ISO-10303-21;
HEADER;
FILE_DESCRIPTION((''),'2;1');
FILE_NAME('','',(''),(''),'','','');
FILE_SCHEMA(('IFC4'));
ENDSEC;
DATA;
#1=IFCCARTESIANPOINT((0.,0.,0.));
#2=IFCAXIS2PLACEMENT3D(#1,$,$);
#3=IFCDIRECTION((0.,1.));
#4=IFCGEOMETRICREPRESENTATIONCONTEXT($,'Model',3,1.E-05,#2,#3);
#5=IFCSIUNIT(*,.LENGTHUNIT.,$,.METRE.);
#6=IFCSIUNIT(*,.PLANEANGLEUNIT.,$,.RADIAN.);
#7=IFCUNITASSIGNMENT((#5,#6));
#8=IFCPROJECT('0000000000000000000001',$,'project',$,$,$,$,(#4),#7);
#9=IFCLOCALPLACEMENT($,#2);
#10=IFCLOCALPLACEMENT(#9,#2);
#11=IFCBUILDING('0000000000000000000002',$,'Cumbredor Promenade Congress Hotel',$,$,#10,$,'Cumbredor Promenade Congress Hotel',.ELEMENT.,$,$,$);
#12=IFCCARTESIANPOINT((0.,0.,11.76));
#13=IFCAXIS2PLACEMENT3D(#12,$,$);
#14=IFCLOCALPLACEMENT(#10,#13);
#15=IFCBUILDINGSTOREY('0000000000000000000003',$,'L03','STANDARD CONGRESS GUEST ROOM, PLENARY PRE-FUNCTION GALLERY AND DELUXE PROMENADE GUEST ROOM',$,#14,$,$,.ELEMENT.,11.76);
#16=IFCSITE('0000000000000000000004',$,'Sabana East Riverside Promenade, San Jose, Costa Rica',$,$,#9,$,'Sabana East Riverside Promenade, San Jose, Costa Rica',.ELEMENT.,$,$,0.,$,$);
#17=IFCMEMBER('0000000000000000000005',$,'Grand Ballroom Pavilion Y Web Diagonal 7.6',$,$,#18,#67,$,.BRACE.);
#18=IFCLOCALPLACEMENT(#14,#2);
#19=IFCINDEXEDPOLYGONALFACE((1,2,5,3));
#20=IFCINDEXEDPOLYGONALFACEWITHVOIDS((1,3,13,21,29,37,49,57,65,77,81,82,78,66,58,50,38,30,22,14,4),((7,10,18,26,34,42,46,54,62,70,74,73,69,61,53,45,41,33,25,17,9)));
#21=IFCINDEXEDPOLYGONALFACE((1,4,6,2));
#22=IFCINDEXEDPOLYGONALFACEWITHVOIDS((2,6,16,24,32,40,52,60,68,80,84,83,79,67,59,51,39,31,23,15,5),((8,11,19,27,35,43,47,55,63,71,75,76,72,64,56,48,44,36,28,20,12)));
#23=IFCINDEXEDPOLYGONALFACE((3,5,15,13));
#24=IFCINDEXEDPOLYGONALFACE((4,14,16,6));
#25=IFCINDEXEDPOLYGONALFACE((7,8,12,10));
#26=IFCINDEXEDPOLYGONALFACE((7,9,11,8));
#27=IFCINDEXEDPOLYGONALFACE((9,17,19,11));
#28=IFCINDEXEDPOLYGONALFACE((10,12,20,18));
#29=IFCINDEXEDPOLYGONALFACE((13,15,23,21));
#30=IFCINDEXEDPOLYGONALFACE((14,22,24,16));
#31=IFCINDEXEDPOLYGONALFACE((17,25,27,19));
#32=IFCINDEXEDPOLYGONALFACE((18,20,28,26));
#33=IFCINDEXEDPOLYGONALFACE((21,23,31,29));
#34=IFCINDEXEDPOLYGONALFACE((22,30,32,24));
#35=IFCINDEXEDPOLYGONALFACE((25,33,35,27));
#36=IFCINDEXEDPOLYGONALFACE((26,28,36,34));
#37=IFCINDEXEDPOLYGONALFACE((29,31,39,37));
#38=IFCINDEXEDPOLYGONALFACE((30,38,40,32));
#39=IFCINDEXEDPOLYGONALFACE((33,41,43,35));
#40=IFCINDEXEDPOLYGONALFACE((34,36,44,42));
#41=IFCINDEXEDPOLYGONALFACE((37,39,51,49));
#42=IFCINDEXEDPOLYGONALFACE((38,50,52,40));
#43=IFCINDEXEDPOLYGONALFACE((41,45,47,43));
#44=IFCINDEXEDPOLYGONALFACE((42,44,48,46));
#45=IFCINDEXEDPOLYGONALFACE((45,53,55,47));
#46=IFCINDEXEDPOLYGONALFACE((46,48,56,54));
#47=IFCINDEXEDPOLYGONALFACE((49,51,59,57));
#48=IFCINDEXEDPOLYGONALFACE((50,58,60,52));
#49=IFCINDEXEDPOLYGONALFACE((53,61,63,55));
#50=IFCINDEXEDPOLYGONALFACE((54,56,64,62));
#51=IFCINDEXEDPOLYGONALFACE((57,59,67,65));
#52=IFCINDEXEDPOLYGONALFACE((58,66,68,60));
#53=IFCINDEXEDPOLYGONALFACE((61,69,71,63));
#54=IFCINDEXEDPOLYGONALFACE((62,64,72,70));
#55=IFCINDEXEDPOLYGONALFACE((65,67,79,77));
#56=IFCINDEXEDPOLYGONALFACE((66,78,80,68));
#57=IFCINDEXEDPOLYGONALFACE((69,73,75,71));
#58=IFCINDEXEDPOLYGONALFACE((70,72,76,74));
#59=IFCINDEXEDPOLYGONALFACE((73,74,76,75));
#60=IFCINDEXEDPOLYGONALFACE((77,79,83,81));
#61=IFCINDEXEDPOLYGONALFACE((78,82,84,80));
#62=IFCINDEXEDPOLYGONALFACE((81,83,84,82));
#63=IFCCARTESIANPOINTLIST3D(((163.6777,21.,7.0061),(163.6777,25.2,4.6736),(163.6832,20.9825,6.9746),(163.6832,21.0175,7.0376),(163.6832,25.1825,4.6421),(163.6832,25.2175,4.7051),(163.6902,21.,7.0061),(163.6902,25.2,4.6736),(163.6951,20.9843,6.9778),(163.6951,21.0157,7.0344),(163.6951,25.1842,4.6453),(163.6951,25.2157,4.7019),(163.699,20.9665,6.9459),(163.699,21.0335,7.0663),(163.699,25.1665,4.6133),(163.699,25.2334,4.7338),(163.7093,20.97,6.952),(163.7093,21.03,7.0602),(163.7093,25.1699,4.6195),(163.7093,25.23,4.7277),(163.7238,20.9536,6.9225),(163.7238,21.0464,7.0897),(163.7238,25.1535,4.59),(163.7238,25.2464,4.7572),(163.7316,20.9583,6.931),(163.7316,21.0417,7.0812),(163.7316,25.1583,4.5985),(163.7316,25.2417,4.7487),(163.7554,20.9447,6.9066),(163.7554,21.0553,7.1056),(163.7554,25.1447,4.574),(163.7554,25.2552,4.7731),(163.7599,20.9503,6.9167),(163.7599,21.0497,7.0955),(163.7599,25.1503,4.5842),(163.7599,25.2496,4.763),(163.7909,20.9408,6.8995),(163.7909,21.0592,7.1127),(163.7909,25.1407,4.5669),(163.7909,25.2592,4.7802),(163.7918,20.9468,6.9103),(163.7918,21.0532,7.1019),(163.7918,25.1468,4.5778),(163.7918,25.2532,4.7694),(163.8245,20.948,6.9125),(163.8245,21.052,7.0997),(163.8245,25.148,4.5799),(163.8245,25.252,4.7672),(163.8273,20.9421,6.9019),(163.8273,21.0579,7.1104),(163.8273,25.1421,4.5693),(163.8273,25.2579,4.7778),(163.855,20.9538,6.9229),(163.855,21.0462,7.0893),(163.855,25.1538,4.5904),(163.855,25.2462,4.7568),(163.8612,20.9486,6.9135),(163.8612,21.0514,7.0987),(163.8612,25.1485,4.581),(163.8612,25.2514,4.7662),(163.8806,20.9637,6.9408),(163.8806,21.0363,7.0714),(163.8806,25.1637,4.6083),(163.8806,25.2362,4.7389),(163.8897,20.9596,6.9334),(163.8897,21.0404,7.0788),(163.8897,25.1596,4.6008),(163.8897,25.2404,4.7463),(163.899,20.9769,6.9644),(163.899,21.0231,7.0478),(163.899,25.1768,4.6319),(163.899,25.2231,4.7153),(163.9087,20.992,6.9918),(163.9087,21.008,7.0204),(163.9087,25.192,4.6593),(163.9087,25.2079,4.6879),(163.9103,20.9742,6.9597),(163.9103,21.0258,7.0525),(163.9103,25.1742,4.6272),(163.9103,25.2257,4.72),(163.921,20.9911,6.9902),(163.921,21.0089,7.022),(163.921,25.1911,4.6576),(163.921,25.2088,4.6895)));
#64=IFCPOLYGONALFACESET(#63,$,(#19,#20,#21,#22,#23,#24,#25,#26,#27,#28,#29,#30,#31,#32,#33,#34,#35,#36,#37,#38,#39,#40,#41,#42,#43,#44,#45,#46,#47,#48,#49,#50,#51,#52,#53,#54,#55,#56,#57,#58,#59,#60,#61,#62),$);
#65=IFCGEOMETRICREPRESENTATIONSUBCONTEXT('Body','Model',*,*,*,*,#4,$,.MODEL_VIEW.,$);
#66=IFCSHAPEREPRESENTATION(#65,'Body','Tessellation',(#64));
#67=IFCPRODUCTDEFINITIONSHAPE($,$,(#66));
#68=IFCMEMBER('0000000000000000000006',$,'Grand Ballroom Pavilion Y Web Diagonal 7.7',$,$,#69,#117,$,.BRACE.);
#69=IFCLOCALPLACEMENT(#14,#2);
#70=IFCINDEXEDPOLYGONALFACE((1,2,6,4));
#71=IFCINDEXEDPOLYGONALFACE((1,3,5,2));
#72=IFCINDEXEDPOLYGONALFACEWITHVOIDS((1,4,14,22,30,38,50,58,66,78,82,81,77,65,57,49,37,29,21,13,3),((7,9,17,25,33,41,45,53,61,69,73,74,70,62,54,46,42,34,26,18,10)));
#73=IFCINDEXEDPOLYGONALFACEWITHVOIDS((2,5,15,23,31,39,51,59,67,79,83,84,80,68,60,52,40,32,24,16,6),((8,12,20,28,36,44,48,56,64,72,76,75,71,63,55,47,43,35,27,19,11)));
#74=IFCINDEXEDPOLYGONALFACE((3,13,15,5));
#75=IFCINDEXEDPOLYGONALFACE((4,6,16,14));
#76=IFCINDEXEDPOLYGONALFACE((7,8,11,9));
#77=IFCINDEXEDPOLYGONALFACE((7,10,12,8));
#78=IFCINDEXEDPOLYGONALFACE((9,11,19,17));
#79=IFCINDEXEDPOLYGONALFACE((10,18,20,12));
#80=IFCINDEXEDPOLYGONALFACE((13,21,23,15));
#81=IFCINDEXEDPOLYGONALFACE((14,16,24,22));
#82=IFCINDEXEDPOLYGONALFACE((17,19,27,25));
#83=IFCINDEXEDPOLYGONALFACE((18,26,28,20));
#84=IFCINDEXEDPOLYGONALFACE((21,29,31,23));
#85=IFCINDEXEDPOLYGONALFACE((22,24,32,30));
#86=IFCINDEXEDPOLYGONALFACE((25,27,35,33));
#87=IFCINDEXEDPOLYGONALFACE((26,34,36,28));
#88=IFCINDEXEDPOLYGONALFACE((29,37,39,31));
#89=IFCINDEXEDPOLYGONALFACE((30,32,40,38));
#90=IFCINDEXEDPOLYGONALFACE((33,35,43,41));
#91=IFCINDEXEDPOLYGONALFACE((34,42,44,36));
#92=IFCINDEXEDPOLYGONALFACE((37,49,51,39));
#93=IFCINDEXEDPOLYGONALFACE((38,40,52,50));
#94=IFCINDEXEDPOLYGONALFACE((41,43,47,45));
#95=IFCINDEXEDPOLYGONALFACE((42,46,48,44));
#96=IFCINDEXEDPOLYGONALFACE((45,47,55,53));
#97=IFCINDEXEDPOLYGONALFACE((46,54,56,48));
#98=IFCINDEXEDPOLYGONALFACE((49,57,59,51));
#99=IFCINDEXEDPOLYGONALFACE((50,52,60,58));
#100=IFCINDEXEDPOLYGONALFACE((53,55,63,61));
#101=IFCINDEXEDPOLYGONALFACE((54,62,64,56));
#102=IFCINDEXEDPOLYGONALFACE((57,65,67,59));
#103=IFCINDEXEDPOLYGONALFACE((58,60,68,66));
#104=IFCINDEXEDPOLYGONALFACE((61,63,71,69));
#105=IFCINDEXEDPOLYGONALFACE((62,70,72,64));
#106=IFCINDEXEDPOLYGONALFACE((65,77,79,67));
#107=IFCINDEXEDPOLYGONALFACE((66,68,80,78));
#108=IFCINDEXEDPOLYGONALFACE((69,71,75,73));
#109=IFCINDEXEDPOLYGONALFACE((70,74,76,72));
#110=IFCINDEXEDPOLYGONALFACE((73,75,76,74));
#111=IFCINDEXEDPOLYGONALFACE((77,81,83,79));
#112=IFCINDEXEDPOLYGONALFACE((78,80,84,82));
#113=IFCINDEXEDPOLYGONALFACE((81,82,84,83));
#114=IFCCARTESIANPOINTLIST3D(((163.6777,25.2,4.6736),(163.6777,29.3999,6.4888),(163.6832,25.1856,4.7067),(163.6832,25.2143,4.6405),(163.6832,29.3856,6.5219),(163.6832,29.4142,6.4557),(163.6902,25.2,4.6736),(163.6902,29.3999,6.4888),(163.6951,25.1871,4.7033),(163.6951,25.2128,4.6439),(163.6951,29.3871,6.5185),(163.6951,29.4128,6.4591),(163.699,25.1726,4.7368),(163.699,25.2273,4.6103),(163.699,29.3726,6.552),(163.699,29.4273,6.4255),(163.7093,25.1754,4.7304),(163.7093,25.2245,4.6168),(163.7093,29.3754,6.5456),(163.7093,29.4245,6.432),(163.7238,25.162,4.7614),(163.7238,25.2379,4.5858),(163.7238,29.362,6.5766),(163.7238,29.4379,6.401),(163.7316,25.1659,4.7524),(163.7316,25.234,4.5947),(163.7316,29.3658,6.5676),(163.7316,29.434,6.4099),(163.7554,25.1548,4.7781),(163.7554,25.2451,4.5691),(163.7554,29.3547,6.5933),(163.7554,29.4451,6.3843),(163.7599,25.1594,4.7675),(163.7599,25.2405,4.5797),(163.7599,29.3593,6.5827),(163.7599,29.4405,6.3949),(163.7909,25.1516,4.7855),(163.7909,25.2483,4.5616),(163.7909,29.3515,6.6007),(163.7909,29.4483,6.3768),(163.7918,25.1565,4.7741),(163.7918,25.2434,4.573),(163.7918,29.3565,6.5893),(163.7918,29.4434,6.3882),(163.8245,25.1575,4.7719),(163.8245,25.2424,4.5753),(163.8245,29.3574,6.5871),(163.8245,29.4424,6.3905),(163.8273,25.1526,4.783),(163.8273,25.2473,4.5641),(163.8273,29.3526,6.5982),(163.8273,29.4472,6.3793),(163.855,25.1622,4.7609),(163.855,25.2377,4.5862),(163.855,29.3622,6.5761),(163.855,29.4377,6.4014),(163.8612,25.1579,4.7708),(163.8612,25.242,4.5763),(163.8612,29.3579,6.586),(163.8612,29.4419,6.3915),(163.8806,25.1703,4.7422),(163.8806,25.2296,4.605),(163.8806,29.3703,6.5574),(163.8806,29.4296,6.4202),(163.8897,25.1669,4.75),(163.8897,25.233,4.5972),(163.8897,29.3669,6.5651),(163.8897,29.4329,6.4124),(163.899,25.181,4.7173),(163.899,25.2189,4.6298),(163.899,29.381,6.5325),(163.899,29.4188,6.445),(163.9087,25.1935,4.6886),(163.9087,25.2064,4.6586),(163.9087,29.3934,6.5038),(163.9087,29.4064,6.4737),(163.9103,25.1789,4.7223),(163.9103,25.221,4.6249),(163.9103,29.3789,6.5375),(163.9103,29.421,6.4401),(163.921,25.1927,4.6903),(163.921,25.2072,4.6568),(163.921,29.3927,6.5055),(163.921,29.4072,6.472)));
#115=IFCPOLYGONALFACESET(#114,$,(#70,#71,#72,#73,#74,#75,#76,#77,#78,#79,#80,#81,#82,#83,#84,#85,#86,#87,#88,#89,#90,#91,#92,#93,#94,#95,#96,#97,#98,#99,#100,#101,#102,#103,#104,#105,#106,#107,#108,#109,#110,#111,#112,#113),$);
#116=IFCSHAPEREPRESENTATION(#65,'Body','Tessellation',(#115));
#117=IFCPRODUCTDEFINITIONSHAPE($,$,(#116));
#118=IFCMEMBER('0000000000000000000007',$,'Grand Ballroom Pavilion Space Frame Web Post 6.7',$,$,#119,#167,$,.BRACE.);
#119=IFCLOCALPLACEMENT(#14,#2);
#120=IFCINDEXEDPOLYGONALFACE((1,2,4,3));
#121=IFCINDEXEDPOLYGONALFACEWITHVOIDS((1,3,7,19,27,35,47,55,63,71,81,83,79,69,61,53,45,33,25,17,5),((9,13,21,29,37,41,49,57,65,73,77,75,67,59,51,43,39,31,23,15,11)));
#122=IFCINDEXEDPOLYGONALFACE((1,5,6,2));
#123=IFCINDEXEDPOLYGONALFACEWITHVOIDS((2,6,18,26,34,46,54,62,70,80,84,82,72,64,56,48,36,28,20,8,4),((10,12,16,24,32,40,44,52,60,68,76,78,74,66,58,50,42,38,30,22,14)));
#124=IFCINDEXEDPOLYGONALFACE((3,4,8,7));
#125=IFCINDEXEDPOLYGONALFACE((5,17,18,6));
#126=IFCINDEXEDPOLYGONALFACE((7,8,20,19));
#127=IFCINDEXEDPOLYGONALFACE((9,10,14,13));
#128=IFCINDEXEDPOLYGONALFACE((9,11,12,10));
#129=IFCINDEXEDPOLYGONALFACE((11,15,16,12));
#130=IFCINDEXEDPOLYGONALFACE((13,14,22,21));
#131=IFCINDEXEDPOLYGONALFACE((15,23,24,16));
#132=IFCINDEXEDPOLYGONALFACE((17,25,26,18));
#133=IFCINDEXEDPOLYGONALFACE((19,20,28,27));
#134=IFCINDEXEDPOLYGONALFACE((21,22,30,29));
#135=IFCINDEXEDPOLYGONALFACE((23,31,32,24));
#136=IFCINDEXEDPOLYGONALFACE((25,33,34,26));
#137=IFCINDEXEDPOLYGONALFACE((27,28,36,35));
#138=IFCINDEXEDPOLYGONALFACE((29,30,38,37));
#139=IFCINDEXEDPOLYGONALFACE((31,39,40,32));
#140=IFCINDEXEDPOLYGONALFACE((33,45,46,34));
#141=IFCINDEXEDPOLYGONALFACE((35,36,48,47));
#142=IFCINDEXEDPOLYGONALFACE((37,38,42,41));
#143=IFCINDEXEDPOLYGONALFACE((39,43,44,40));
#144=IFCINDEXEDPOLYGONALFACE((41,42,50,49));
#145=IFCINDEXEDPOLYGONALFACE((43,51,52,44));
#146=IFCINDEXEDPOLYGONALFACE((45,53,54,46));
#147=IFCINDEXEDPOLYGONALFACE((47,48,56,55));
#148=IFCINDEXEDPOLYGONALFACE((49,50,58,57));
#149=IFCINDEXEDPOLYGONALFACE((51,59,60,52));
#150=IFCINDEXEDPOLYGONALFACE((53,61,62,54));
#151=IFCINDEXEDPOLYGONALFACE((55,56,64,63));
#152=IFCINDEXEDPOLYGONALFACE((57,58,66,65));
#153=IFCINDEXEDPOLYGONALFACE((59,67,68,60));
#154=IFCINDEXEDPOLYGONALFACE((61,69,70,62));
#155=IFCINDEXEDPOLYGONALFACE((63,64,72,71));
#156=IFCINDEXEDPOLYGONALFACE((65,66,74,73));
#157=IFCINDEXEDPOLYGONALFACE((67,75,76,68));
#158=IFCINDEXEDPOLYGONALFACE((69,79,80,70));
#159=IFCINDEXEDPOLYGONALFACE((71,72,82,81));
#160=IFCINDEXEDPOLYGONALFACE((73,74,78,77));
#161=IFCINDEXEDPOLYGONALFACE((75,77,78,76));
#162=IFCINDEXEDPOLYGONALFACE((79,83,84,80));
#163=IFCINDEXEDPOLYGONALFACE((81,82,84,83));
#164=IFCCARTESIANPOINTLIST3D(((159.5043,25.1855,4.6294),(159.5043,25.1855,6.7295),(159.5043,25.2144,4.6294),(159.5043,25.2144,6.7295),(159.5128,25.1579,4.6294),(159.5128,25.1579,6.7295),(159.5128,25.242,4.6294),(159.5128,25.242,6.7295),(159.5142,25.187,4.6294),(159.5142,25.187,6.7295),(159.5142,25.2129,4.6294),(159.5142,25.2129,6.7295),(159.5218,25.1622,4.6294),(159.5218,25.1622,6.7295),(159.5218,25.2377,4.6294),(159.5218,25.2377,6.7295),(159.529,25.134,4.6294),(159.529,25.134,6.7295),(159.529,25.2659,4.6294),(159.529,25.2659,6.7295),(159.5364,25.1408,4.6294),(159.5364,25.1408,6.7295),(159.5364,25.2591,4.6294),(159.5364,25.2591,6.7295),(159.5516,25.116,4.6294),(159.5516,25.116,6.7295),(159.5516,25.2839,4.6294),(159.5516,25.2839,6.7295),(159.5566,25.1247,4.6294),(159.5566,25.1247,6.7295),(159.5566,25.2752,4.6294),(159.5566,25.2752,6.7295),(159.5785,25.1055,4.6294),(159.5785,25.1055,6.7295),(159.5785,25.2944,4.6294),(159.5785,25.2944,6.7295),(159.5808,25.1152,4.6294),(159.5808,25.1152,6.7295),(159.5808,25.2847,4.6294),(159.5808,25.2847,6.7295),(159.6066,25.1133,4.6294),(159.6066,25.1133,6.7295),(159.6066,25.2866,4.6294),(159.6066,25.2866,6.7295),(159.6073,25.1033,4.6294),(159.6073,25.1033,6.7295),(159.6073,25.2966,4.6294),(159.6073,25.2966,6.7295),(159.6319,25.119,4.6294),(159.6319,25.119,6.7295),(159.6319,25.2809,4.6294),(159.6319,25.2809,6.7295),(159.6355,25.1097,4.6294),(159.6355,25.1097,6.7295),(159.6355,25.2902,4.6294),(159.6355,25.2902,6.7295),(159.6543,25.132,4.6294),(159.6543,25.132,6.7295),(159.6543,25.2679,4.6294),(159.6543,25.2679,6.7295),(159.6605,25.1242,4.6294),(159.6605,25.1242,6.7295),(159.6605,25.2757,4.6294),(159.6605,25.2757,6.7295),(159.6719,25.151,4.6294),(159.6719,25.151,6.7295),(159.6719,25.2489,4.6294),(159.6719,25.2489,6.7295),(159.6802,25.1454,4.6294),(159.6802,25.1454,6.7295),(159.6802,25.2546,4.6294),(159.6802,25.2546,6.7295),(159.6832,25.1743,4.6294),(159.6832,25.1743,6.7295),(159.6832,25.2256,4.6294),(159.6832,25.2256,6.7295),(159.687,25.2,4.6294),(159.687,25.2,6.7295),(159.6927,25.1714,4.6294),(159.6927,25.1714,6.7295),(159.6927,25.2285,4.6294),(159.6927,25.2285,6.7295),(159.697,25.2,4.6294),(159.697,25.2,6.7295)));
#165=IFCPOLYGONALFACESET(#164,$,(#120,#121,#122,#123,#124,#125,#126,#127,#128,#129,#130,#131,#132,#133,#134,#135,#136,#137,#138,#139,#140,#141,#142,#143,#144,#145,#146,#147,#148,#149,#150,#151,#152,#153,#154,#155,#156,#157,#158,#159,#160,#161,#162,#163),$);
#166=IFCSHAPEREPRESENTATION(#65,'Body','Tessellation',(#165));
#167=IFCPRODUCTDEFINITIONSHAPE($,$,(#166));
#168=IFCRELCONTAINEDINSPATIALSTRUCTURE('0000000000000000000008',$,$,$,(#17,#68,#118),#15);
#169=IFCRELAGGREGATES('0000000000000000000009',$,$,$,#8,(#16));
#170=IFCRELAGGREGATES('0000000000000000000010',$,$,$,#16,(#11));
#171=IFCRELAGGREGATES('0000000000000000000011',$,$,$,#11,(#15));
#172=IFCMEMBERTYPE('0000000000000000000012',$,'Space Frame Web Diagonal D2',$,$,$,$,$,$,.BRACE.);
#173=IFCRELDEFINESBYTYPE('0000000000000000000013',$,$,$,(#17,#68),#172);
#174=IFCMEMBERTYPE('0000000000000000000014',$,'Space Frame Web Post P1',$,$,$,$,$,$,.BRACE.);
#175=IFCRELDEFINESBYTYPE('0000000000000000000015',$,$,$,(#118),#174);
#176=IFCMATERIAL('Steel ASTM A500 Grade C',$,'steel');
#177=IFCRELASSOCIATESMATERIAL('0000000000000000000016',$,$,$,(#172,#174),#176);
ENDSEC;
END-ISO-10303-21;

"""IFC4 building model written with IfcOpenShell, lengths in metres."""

from ifc_helpers import new_model, si_unit, direction, frame, origin, origin_2d, place, context, subcontext, project, spatial, hollow_circle, extrude, material, material_profile, profile_set, type_object, element, save


model = new_model("IFC4")

# Units and contexts
model_context = context("Model", 3, precision=1e-05, world=origin(), true_north=direction((0.0, 1.0)))
body_context = subcontext(model_context, "Body", "Model", "MODEL_VIEW")
ifc_project = project(units=[si_unit("LENGTHUNIT", "METRE"), si_unit("PLANEANGLEUNIT", "RADIAN")], contexts=[model_context])

# Site, building, storey
site_placement = place(None, origin())
site = spatial("IfcSite", under=ifc_project, at=site_placement, Name="Sabana East Riverside Promenade, San Jose, Costa Rica", LongName="Sabana East Riverside Promenade, San Jose, Costa Rica", CompositionType="ELEMENT", RefElevation=0.0)
building_placement = place(site_placement, origin())
building = spatial("IfcBuilding", under=site, at=building_placement, Name="Cumbredor Promenade Congress Hotel", LongName="Cumbredor Promenade Congress Hotel", CompositionType="ELEMENT")
storey_placement = place(building_placement, frame((0.0, 0.0, 11.76)))
storey = spatial("IfcBuildingStorey", under=building, at=storey_placement, Name="L03", Description="STANDARD CONGRESS GUEST ROOM, PLENARY PRE-FUNCTION GALLERY AND DELUXE PROMENADE GUEST ROOM", CompositionType="ELEMENT", Elevation=11.76)

# Members
ifc_material_1 = material(Name="Steel ASTM A500 Grade C", Category="steel")
ifc_material_profile_1 = material_profile(ifc_material_1, hollow_circle(Radius=0.1223, WallThickness=0.0125, at=origin_2d()), Name="CHS 244.5x12.5")
ifc_profile_set_1 = profile_set([ifc_material_profile_1], Name="Steel ASTM A500 Grade C")
member_type_1 = type_object("IfcMemberType", Name="Space Frame Web Diagonal D2", PredefinedType="BRACE", material=ifc_profile_set_1)
member_1_placement = place(storey_placement, frame((163.8, 21.0, 7.0061), z_axis=(0.0, 0.874227, -0.485518), x_axis=(-1.0, 0.0, 0.0)))
element("IfcMember", 1, at=member_1_placement, inside=storey, type_object=member_type_1, Name="Grand Ballroom Pavilion Y Web Diagonal 7.6", PredefinedType="BRACE", context=body_context, shape_type="SweptSolid", body=[
    extrude(hollow_circle(Radius=0.1223, WallThickness=0.0125, at=origin_2d()), origin(), (0.0, 0.0, 1.0), 4.8042),
])
member_2_placement = place(storey_placement, frame((163.8, 25.2, 4.6736), z_axis=(0.0, 0.917937, 0.396725), x_axis=(-1.0, 0.0, 0.0)))
element("IfcMember", 2, at=member_2_placement, inside=storey, type_object=member_type_1, Name="Grand Ballroom Pavilion Y Web Diagonal 7.7", PredefinedType="BRACE", context=body_context, shape_type="SweptSolid", body=[
    extrude(hollow_circle(Radius=0.1223, WallThickness=0.0125, at=origin_2d()), origin(), (0.0, 0.0, 1.0), 4.5754),
])
ifc_material_profile_2 = material_profile(ifc_material_1, hollow_circle(Radius=0.0969, WallThickness=0.01, at=origin_2d()), Name="CHS 193.7x10")
ifc_profile_set_2 = profile_set([ifc_material_profile_2], Name="Steel ASTM A500 Grade C")
member_type_2 = type_object("IfcMemberType", Name="Space Frame Web Post P1", PredefinedType="BRACE", material=ifc_profile_set_2)
for number, where, z_axis, x_axis, name in (
    (3, (159.6001, 25.2, 4.6294), (0.0, 0.0, 1.0), (1.0, 0.0, 0.0), "Grand Ballroom Pavilion Space Frame Web Post 6.7"),
):
    element("IfcMember", number, at=place(storey_placement, frame(where, z_axis=z_axis, x_axis=x_axis)), inside=storey, type_object=member_type_2, Name=name, PredefinedType="BRACE", context=body_context, shape_type="SweptSolid", body=[
        extrude(hollow_circle(Radius=0.0969, WallThickness=0.01, at=origin_2d()), origin(), (0.0, 0.0, 1.0), 2.1001),
    ])

save(model, "model.ifc")
